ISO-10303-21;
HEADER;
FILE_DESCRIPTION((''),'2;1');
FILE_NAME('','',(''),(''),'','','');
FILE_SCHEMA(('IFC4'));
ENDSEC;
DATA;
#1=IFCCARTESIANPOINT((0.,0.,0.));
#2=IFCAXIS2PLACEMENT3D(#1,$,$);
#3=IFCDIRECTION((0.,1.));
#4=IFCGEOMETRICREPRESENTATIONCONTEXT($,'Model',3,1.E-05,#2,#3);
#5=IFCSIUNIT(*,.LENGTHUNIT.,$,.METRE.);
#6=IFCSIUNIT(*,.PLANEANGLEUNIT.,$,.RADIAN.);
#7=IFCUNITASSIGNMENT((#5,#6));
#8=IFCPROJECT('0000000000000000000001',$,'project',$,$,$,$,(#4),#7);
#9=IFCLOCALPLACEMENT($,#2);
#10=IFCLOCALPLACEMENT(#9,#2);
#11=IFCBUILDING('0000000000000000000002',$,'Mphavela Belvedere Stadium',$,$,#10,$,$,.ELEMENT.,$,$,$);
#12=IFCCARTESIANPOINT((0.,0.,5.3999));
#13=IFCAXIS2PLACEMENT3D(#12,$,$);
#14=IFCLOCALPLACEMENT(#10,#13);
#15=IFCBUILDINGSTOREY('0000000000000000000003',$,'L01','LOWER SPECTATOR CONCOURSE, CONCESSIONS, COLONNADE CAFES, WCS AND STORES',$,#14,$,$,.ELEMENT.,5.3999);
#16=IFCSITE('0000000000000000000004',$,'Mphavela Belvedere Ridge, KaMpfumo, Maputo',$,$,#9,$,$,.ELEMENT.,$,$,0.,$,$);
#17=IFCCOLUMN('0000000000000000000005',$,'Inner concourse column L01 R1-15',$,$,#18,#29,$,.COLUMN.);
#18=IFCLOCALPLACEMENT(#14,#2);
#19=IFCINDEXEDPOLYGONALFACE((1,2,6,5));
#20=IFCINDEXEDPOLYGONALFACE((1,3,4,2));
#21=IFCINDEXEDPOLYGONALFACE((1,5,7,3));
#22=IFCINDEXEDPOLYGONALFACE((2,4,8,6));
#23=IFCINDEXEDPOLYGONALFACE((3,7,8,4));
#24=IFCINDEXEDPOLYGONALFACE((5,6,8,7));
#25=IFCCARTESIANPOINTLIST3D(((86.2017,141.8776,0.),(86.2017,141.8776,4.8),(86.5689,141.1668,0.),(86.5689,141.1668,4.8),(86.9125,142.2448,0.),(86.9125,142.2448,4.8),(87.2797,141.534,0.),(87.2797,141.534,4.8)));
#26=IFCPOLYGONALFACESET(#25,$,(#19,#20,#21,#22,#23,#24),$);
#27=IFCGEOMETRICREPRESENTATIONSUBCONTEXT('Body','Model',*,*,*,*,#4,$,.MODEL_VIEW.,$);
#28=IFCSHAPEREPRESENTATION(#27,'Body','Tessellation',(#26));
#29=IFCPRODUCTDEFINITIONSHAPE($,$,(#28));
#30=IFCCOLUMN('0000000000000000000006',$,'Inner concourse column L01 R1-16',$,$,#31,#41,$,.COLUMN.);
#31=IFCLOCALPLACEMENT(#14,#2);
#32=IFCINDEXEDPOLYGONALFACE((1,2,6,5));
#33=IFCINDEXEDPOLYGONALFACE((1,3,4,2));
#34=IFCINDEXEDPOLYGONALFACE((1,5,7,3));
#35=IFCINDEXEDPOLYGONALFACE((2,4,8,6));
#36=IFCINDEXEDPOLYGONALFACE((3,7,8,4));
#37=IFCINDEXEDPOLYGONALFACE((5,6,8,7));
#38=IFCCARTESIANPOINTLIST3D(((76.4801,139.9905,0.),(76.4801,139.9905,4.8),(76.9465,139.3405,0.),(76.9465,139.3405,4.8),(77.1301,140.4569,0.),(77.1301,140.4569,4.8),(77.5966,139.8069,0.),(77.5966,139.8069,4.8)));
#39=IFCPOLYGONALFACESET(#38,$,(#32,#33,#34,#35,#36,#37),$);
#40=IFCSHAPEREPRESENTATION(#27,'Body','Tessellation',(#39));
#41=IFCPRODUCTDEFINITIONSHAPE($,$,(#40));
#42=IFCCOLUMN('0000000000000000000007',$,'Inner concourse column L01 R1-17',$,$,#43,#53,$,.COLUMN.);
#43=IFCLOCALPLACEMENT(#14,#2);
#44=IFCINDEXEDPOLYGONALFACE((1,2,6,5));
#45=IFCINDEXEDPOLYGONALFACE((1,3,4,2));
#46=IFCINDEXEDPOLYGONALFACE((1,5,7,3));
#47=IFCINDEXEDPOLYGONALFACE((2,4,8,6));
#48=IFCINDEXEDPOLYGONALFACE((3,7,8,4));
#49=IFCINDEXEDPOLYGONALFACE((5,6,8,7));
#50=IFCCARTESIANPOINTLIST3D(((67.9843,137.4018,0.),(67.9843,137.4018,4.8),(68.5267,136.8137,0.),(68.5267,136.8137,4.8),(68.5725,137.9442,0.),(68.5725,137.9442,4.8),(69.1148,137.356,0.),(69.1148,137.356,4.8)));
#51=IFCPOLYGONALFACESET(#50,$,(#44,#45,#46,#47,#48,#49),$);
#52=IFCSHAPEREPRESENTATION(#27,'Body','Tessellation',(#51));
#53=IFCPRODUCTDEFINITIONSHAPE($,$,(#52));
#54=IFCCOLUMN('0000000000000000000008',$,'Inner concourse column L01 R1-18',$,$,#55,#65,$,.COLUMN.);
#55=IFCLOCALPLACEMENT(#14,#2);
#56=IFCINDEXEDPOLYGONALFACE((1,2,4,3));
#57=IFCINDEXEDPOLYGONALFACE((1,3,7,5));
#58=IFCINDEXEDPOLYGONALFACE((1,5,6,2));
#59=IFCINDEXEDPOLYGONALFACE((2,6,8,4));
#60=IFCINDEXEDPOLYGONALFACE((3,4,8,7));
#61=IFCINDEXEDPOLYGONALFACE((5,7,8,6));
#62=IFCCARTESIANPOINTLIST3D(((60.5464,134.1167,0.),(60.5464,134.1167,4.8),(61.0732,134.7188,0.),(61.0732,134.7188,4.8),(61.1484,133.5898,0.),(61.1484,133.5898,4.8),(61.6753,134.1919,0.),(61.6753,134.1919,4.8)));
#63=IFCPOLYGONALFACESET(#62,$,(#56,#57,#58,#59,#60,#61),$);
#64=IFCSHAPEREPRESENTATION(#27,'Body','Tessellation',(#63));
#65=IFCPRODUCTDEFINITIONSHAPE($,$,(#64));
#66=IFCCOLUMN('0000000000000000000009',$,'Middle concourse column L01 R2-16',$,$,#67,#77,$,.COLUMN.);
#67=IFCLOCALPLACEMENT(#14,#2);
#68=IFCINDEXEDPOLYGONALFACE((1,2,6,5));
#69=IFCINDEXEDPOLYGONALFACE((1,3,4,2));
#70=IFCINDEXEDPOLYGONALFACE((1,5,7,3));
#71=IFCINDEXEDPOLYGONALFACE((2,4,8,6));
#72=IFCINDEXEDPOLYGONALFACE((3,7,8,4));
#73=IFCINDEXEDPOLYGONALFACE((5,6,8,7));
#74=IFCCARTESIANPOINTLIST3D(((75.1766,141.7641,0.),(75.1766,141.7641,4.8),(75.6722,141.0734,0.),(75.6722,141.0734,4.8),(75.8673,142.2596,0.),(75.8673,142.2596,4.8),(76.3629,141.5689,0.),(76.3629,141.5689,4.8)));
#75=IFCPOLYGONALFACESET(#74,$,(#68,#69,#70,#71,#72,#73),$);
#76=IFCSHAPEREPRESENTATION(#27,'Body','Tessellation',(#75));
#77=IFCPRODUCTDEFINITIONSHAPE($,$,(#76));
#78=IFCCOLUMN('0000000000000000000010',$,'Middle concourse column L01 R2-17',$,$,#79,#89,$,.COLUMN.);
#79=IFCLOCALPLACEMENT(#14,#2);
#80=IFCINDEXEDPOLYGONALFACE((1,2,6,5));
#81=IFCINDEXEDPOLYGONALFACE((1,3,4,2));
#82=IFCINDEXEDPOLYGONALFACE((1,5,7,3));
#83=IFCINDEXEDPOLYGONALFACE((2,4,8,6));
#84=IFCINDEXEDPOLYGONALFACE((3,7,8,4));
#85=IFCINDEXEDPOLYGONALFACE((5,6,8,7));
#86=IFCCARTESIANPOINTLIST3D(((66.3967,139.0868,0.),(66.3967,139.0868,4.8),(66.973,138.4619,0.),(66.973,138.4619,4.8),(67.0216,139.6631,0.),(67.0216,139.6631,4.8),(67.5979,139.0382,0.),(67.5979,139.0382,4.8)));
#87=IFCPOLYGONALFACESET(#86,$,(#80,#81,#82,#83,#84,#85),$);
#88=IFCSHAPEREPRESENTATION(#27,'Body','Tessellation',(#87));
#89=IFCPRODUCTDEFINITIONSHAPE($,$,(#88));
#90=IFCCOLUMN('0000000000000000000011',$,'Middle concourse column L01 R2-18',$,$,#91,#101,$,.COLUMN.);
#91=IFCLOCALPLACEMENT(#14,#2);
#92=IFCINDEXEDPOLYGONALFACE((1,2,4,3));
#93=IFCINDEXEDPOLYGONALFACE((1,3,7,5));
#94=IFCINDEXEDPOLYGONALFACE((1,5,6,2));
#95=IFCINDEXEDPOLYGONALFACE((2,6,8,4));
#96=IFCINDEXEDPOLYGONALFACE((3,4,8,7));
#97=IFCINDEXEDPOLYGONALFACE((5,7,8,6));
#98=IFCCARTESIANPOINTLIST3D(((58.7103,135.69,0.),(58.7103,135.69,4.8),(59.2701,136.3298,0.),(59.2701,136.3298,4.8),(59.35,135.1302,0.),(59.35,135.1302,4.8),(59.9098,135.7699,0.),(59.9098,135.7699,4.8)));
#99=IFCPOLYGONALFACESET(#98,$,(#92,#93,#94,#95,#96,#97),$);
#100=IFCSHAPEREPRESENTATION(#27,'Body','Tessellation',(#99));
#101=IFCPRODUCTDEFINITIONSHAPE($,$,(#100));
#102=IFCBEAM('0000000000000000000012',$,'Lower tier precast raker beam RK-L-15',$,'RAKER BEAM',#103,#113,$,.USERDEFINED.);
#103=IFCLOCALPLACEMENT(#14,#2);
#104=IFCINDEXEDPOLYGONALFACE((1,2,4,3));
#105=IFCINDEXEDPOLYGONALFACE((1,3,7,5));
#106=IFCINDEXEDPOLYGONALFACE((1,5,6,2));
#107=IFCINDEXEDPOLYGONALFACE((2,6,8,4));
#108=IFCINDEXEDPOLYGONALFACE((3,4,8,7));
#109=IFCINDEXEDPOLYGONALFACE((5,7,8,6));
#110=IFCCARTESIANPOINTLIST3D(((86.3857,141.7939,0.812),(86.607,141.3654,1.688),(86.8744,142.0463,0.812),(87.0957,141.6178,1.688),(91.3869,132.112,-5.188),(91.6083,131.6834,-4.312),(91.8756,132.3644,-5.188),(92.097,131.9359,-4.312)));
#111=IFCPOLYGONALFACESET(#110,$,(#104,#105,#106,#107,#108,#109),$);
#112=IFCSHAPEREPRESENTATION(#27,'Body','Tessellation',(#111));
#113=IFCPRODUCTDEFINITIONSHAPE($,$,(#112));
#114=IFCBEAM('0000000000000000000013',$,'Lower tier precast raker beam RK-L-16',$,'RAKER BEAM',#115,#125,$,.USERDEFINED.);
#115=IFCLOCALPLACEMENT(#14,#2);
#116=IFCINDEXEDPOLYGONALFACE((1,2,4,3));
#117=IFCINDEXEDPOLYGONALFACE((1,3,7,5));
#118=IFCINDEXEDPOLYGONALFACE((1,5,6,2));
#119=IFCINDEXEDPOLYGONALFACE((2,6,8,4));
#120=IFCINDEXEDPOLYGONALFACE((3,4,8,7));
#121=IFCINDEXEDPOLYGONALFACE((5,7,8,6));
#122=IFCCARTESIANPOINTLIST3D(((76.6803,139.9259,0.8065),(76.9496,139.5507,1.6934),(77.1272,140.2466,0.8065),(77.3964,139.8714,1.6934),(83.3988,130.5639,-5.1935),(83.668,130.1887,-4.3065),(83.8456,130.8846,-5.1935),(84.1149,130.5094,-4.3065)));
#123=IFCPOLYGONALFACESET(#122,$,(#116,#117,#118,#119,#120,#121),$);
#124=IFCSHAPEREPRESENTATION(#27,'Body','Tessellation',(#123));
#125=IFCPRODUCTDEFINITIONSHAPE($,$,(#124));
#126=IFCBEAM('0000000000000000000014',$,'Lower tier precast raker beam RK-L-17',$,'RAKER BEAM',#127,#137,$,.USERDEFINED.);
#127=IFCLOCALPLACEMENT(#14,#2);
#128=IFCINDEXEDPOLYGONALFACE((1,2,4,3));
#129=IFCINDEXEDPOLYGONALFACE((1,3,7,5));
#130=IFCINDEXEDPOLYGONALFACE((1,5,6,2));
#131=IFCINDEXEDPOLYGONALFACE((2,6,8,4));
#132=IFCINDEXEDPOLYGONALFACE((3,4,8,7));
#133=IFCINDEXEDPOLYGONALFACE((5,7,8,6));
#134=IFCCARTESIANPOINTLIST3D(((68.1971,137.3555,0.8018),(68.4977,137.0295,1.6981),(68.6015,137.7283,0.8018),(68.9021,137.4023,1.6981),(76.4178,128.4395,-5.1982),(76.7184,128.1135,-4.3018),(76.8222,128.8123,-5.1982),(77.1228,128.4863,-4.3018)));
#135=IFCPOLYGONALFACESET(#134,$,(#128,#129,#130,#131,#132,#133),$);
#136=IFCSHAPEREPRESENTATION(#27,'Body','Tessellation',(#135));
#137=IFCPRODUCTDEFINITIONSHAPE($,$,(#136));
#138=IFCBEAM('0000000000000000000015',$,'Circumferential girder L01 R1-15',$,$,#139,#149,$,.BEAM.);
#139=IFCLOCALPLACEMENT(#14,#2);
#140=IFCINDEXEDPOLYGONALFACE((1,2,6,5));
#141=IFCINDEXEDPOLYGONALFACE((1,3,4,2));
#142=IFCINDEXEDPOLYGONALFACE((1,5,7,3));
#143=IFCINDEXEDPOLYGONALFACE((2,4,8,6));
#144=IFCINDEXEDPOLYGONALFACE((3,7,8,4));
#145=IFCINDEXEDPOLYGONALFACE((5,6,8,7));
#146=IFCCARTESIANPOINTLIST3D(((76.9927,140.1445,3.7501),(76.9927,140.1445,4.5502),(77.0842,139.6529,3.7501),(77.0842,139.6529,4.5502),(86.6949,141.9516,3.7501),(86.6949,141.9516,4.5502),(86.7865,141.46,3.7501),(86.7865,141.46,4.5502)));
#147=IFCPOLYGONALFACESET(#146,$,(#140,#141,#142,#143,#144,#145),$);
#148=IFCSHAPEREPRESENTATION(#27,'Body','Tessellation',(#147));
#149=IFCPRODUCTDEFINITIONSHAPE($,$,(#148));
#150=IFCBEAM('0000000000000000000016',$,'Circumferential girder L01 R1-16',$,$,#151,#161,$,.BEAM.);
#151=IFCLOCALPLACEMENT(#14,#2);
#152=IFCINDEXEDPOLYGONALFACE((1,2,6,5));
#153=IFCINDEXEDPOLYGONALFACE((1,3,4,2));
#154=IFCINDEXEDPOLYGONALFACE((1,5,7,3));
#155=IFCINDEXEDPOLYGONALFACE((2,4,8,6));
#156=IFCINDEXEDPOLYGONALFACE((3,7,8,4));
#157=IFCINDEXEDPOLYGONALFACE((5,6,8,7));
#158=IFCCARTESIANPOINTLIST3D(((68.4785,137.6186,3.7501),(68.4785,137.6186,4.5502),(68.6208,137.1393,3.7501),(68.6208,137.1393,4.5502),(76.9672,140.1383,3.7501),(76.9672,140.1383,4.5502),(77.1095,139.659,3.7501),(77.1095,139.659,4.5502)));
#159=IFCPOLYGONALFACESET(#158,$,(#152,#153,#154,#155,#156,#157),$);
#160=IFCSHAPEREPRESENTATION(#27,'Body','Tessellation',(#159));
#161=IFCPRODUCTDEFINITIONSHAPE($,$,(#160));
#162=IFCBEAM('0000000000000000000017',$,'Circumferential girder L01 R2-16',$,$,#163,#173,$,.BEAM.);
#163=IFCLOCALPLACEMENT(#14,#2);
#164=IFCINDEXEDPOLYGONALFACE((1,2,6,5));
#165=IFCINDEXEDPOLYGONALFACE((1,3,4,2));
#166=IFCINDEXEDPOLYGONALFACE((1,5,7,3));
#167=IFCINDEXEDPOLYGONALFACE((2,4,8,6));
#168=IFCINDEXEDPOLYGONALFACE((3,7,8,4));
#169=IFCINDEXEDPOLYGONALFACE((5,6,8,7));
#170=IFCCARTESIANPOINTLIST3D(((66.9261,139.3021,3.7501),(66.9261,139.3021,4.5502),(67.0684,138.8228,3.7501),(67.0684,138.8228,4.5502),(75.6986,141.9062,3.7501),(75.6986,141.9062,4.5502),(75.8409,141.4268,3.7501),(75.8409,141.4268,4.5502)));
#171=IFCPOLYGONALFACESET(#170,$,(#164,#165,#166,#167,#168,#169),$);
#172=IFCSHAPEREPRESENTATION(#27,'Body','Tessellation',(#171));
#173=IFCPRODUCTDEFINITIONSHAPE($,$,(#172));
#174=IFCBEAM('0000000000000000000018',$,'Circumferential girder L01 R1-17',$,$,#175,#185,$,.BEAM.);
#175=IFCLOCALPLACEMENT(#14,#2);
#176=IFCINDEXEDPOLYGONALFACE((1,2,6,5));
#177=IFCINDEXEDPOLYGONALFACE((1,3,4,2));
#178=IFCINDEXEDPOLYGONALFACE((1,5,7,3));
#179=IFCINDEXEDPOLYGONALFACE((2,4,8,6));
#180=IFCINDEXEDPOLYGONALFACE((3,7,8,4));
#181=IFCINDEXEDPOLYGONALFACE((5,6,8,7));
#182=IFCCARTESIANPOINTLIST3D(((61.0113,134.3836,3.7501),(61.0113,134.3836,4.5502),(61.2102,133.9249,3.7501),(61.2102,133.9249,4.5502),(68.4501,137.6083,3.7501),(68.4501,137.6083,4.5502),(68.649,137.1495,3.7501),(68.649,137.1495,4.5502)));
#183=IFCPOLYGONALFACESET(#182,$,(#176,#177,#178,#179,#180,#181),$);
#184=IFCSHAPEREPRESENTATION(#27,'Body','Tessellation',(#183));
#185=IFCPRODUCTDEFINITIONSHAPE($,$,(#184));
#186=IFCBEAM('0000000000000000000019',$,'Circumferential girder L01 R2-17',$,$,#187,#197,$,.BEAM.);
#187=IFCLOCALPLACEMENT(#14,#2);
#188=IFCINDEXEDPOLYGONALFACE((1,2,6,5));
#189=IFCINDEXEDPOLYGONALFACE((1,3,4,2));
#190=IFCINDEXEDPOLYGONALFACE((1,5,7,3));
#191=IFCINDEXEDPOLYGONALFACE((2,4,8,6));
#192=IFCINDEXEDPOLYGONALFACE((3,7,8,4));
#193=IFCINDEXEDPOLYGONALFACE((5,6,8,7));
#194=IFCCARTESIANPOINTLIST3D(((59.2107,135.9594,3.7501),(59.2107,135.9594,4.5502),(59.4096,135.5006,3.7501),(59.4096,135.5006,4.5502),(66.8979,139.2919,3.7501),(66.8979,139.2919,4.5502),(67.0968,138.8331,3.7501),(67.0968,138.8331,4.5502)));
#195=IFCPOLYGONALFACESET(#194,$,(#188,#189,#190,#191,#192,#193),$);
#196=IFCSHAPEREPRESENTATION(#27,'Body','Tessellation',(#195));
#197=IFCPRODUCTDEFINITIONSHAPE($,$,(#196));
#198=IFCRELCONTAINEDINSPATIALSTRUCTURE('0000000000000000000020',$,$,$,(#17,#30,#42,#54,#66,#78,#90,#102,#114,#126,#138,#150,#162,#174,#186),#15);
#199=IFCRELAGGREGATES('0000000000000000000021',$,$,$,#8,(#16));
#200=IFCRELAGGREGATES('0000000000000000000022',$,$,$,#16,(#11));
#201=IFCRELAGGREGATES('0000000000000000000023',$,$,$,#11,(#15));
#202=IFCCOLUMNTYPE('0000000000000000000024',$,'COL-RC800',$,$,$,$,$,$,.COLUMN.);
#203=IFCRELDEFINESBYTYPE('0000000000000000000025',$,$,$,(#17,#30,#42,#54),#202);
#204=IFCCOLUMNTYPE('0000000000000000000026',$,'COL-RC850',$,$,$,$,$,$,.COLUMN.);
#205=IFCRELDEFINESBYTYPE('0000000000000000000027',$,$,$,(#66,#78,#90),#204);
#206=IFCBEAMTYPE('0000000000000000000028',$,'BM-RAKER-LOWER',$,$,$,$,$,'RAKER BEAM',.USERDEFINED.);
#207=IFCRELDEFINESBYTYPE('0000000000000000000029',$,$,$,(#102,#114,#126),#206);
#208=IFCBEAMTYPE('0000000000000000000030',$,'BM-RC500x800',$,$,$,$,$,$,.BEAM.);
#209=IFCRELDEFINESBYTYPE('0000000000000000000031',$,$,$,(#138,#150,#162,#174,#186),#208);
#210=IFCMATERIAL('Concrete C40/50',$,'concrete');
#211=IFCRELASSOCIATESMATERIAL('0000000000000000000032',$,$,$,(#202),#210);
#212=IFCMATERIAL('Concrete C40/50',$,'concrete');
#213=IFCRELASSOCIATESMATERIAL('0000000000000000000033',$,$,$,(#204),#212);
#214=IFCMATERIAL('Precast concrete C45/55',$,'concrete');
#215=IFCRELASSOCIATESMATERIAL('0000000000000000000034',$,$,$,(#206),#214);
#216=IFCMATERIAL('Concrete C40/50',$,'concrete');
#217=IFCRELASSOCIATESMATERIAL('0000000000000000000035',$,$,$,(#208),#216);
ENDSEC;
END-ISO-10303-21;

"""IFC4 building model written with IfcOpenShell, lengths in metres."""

from ifc_helpers import new_model, si_unit, direction, frame, origin, origin_2d, place, context, subcontext, project, spatial, rectangle, extrude, material, material_profile, profile_set, type_object, element, save


model = new_model("IFC4")

# Units and contexts
model_context = context("Model", 3, precision=1e-05, world=origin(), true_north=direction((0.0, 1.0)))
body_context = subcontext(model_context, "Body", "Model", "MODEL_VIEW")
ifc_project = project(units=[si_unit("LENGTHUNIT", "METRE"), si_unit("PLANEANGLEUNIT", "RADIAN")], contexts=[model_context])

# Site, building, storey
site_placement = place(None, origin())
site = spatial("IfcSite", under=ifc_project, at=site_placement, Name="Mphavela Belvedere Ridge, KaMpfumo, Maputo", CompositionType="ELEMENT", RefElevation=0.0)
building_placement = place(site_placement, origin())
building = spatial("IfcBuilding", under=site, at=building_placement, Name="Mphavela Belvedere Stadium", CompositionType="ELEMENT")
storey_placement = place(building_placement, frame((0.0, 0.0, 5.3999)))
storey = spatial("IfcBuildingStorey", under=building, at=storey_placement, Name="L01", Description="LOWER SPECTATOR CONCOURSE, CONCESSIONS, COLONNADE CAFES, WCS AND STORES", CompositionType="ELEMENT", Elevation=5.3999)

# Columns
ifc_material_1 = material(Name="Concrete C40/50", Category="concrete")
ifc_material_profile_1 = material_profile(ifc_material_1, rectangle(XDim=0.8, YDim=0.8, at=origin_2d()), Name="RC 800x800")
ifc_profile_set_1 = profile_set([ifc_material_profile_1], Name="Concrete C40/50")
column_type_1 = type_object("IfcColumnType", Name="COL-RC800", PredefinedType="COLUMN", material=ifc_profile_set_1)
for number, where, z_axis, x_axis, name in (
    (1, (86.7407, 141.7058, 0.0), (0.0, 0.0, 1.0), (-0.45896, 0.888457, 0.0), "Inner concourse column L01 R1-15"),
    (2, (77.0383, 139.8987, 0.0), (0.0, 0.0, 1.0), (-0.582974, 0.812491, 0.0), "Inner concourse column L01 R1-16"),
    (3, (68.5496, 137.3789, 0.0), (0.0, 0.0, 1.0), (-0.677903, 0.735151, 0.0), "Inner concourse column L01 R1-17"),
    (4, (61.1108, 134.1543, 0.0), (0.0, 0.0, 1.0), (-0.75253, 0.658558, 0.0), "Inner concourse column L01 R1-18"),
):
    element("IfcColumn", number, at=place(storey_placement, frame(where, z_axis=z_axis, x_axis=x_axis)), inside=storey, type_object=column_type_1, Name=name, PredefinedType="COLUMN", context=body_context, shape_type="SweptSolid", body=[
        extrude(rectangle(XDim=0.8, YDim=0.8, at=origin_2d()), origin(), (0.0, 0.0, 1.0), 4.8),
    ])
ifc_material_2 = material(Name="Concrete C40/50", Category="concrete")
ifc_material_profile_2 = material_profile(ifc_material_2, rectangle(XDim=0.8501, YDim=0.8501, at=origin_2d()), Name="RC 850x850")
ifc_profile_set_2 = profile_set([ifc_material_profile_2], Name="Concrete C40/50")
column_type_2 = type_object("IfcColumnType", Name="COL-RC850", PredefinedType="COLUMN", material=ifc_profile_set_2)
for number, where, z_axis, x_axis, name in (
    (5, (75.7698, 141.6665, 0.0), (0.0, 0.0, 1.0), (-0.582974, 0.812491, 0.0), "Middle concourse column L01 R2-16"),
    (6, (66.9973, 139.0625, 0.0), (0.0, 0.0, 1.0), (-0.677903, 0.735151, 0.0), "Middle concourse column L01 R2-17"),
    (7, (59.3101, 135.73, 0.0), (0.0, 0.0, 1.0), (-0.75253, 0.658558, 0.0), "Middle concourse column L01 R2-18"),
):
    element("IfcColumn", number, at=place(storey_placement, frame(where, z_axis=z_axis, x_axis=x_axis)), inside=storey, type_object=column_type_2, Name=name, PredefinedType="COLUMN", context=body_context, shape_type="SweptSolid", body=[
        extrude(rectangle(XDim=0.8501, YDim=0.8501, at=origin_2d()), origin(), (0.0, 0.0, 1.0), 4.8),
    ])

# Beams
ifc_material_3 = material(Name="Precast concrete C45/55", Category="concrete")
ifc_material_profile_3 = material_profile(ifc_material_3, rectangle(XDim=0.55, YDim=1.0, at=origin_2d()), Name="PC 550x1000")
ifc_profile_set_3 = profile_set([ifc_material_profile_3], Name="Precast concrete C45/55")
beam_type_1 = type_object("IfcBeamType", Name="BM-RAKER-LOWER", ElementType="RAKER BEAM", PredefinedType="USERDEFINED", material=ifc_profile_set_3)
beam_1_placement = place(storey_placement, frame((91.7419, 132.0239, -4.75), z_axis=(-0.402031, 0.778293, 0.482319), x_axis=(-0.888467, -0.458941, 0.0)))
element("IfcBeam", 8, at=beam_1_placement, inside=storey, type_object=beam_type_1, Name="Lower tier precast raker beam RK-L-15", ObjectType="RAKER BEAM", PredefinedType="USERDEFINED", context=body_context, shape_type="SweptSolid", body=[
    extrude(rectangle(XDim=0.55, YDim=1.0, at=origin_2d()), origin(), (0.0, 0.0, 1.0), 12.4399),
])
beam_2_placement = place(storey_placement, frame((83.7568, 130.5366, -4.75), z_axis=(-0.517135, 0.720614, 0.46183), x_axis=(-0.812446, -0.583036, 0.0)))
element("IfcBeam", 9, at=beam_2_placement, inside=storey, type_object=beam_type_1, Name="Lower tier precast raker beam RK-L-16", ObjectType="RAKER BEAM", PredefinedType="USERDEFINED", context=body_context, shape_type="SweptSolid", body=[
    extrude(rectangle(XDim=0.55, YDim=1.0, at=origin_2d()), origin(), (0.0, 0.0, 1.0), 12.9917),
])
beam_3_placement = place(storey_placement, frame((76.7703, 128.4629, -4.75), z_axis=(-0.607567, 0.658955, 0.443442), x_axis=(-0.735192, -0.677859, 0.0)))
element("IfcBeam", 10, at=beam_3_placement, inside=storey, type_object=beam_type_1, Name="Lower tier precast raker beam RK-L-17", ObjectType="RAKER BEAM", PredefinedType="USERDEFINED", context=body_context, shape_type="SweptSolid", body=[
    extrude(rectangle(XDim=0.55, YDim=1.0, at=origin_2d()), origin(), (0.0, 0.0, 1.0), 13.5305),
])
ifc_material_4 = material(Name="Concrete C40/50", Category="concrete")
ifc_material_profile_4 = material_profile(ifc_material_4, rectangle(XDim=0.5, YDim=0.8, at=origin_2d()), Name="RC 500x800")
ifc_profile_set_4 = profile_set([ifc_material_profile_4], Name="Concrete C40/50")
beam_type_2 = type_object("IfcBeamType", Name="BM-RC500x800", PredefinedType="BEAM", material=ifc_profile_set_4)
beam_4_placement = place(storey_placement, frame((86.7407, 141.7058, 4.1501), z_axis=(-0.983093, -0.183107, 0.0), x_axis=(0.183107, -0.983093, 0.0)))
element("IfcBeam", 11, at=beam_4_placement, inside=storey, type_object=beam_type_2, Name="Circumferential girder L01 R1-15", PredefinedType="BEAM", context=body_context, shape_type="SweptSolid", body=[
    extrude(rectangle(XDim=0.5, YDim=0.8, at=origin_2d()), origin(), (0.0, 0.0, 1.0), 9.8691),
])
beam_5_placement = place(storey_placement, frame((77.0383, 139.8987, 4.1501), z_axis=(-0.958657, -0.284564, 0.0), x_axis=(0.284564, -0.958657, 0.0)))
element("IfcBeam", 12, at=beam_5_placement, inside=storey, type_object=beam_type_2, Name="Circumferential girder L01 R1-16", PredefinedType="BEAM", context=body_context, shape_type="SweptSolid", body=[
    extrude(rectangle(XDim=0.5, YDim=0.8, at=origin_2d()), origin(), (0.0, 0.0, 1.0), 8.8547),
])
beam_6_placement = place(storey_placement, frame((75.7698, 141.6665, 4.1501), z_axis=(-0.958656, -0.284566, 0.0), x_axis=(0.284566, -0.958656, 0.0)))
element("IfcBeam", 13, at=beam_6_placement, inside=storey, type_object=beam_type_2, Name="Circumferential girder L01 R2-16", PredefinedType="BEAM", context=body_context, shape_type="SweptSolid", body=[
    extrude(rectangle(XDim=0.5, YDim=0.8, at=origin_2d()), origin(), (0.0, 0.0, 1.0), 9.1509),
])
beam_7_placement = place(storey_placement, frame((68.5496, 137.3789, 4.1501), z_axis=(-0.917503, -0.397728, 0.0), x_axis=(0.397728, -0.917503, 0.0)))
element("IfcBeam", 14, at=beam_7_placement, inside=storey, type_object=beam_type_2, Name="Circumferential girder L01 R1-17", PredefinedType="BEAM", context=body_context, shape_type="SweptSolid", body=[
    extrude(rectangle(XDim=0.5, YDim=0.8, at=origin_2d()), origin(), (0.0, 0.0, 1.0), 8.1077),
])
beam_8_placement = place(storey_placement, frame((66.9973, 139.0625, 4.1501), z_axis=(-0.917496, -0.397746, 0.0), x_axis=(0.397746, -0.917496, 0.0)))
element("IfcBeam", 15, at=beam_8_placement, inside=storey, type_object=beam_type_2, Name="Circumferential girder L01 R2-17", PredefinedType="BEAM", context=body_context, shape_type="SweptSolid", body=[
    extrude(rectangle(XDim=0.5, YDim=0.8, at=origin_2d()), origin(), (0.0, 0.0, 1.0), 8.3784),
])

save(model, "model.ifc")
